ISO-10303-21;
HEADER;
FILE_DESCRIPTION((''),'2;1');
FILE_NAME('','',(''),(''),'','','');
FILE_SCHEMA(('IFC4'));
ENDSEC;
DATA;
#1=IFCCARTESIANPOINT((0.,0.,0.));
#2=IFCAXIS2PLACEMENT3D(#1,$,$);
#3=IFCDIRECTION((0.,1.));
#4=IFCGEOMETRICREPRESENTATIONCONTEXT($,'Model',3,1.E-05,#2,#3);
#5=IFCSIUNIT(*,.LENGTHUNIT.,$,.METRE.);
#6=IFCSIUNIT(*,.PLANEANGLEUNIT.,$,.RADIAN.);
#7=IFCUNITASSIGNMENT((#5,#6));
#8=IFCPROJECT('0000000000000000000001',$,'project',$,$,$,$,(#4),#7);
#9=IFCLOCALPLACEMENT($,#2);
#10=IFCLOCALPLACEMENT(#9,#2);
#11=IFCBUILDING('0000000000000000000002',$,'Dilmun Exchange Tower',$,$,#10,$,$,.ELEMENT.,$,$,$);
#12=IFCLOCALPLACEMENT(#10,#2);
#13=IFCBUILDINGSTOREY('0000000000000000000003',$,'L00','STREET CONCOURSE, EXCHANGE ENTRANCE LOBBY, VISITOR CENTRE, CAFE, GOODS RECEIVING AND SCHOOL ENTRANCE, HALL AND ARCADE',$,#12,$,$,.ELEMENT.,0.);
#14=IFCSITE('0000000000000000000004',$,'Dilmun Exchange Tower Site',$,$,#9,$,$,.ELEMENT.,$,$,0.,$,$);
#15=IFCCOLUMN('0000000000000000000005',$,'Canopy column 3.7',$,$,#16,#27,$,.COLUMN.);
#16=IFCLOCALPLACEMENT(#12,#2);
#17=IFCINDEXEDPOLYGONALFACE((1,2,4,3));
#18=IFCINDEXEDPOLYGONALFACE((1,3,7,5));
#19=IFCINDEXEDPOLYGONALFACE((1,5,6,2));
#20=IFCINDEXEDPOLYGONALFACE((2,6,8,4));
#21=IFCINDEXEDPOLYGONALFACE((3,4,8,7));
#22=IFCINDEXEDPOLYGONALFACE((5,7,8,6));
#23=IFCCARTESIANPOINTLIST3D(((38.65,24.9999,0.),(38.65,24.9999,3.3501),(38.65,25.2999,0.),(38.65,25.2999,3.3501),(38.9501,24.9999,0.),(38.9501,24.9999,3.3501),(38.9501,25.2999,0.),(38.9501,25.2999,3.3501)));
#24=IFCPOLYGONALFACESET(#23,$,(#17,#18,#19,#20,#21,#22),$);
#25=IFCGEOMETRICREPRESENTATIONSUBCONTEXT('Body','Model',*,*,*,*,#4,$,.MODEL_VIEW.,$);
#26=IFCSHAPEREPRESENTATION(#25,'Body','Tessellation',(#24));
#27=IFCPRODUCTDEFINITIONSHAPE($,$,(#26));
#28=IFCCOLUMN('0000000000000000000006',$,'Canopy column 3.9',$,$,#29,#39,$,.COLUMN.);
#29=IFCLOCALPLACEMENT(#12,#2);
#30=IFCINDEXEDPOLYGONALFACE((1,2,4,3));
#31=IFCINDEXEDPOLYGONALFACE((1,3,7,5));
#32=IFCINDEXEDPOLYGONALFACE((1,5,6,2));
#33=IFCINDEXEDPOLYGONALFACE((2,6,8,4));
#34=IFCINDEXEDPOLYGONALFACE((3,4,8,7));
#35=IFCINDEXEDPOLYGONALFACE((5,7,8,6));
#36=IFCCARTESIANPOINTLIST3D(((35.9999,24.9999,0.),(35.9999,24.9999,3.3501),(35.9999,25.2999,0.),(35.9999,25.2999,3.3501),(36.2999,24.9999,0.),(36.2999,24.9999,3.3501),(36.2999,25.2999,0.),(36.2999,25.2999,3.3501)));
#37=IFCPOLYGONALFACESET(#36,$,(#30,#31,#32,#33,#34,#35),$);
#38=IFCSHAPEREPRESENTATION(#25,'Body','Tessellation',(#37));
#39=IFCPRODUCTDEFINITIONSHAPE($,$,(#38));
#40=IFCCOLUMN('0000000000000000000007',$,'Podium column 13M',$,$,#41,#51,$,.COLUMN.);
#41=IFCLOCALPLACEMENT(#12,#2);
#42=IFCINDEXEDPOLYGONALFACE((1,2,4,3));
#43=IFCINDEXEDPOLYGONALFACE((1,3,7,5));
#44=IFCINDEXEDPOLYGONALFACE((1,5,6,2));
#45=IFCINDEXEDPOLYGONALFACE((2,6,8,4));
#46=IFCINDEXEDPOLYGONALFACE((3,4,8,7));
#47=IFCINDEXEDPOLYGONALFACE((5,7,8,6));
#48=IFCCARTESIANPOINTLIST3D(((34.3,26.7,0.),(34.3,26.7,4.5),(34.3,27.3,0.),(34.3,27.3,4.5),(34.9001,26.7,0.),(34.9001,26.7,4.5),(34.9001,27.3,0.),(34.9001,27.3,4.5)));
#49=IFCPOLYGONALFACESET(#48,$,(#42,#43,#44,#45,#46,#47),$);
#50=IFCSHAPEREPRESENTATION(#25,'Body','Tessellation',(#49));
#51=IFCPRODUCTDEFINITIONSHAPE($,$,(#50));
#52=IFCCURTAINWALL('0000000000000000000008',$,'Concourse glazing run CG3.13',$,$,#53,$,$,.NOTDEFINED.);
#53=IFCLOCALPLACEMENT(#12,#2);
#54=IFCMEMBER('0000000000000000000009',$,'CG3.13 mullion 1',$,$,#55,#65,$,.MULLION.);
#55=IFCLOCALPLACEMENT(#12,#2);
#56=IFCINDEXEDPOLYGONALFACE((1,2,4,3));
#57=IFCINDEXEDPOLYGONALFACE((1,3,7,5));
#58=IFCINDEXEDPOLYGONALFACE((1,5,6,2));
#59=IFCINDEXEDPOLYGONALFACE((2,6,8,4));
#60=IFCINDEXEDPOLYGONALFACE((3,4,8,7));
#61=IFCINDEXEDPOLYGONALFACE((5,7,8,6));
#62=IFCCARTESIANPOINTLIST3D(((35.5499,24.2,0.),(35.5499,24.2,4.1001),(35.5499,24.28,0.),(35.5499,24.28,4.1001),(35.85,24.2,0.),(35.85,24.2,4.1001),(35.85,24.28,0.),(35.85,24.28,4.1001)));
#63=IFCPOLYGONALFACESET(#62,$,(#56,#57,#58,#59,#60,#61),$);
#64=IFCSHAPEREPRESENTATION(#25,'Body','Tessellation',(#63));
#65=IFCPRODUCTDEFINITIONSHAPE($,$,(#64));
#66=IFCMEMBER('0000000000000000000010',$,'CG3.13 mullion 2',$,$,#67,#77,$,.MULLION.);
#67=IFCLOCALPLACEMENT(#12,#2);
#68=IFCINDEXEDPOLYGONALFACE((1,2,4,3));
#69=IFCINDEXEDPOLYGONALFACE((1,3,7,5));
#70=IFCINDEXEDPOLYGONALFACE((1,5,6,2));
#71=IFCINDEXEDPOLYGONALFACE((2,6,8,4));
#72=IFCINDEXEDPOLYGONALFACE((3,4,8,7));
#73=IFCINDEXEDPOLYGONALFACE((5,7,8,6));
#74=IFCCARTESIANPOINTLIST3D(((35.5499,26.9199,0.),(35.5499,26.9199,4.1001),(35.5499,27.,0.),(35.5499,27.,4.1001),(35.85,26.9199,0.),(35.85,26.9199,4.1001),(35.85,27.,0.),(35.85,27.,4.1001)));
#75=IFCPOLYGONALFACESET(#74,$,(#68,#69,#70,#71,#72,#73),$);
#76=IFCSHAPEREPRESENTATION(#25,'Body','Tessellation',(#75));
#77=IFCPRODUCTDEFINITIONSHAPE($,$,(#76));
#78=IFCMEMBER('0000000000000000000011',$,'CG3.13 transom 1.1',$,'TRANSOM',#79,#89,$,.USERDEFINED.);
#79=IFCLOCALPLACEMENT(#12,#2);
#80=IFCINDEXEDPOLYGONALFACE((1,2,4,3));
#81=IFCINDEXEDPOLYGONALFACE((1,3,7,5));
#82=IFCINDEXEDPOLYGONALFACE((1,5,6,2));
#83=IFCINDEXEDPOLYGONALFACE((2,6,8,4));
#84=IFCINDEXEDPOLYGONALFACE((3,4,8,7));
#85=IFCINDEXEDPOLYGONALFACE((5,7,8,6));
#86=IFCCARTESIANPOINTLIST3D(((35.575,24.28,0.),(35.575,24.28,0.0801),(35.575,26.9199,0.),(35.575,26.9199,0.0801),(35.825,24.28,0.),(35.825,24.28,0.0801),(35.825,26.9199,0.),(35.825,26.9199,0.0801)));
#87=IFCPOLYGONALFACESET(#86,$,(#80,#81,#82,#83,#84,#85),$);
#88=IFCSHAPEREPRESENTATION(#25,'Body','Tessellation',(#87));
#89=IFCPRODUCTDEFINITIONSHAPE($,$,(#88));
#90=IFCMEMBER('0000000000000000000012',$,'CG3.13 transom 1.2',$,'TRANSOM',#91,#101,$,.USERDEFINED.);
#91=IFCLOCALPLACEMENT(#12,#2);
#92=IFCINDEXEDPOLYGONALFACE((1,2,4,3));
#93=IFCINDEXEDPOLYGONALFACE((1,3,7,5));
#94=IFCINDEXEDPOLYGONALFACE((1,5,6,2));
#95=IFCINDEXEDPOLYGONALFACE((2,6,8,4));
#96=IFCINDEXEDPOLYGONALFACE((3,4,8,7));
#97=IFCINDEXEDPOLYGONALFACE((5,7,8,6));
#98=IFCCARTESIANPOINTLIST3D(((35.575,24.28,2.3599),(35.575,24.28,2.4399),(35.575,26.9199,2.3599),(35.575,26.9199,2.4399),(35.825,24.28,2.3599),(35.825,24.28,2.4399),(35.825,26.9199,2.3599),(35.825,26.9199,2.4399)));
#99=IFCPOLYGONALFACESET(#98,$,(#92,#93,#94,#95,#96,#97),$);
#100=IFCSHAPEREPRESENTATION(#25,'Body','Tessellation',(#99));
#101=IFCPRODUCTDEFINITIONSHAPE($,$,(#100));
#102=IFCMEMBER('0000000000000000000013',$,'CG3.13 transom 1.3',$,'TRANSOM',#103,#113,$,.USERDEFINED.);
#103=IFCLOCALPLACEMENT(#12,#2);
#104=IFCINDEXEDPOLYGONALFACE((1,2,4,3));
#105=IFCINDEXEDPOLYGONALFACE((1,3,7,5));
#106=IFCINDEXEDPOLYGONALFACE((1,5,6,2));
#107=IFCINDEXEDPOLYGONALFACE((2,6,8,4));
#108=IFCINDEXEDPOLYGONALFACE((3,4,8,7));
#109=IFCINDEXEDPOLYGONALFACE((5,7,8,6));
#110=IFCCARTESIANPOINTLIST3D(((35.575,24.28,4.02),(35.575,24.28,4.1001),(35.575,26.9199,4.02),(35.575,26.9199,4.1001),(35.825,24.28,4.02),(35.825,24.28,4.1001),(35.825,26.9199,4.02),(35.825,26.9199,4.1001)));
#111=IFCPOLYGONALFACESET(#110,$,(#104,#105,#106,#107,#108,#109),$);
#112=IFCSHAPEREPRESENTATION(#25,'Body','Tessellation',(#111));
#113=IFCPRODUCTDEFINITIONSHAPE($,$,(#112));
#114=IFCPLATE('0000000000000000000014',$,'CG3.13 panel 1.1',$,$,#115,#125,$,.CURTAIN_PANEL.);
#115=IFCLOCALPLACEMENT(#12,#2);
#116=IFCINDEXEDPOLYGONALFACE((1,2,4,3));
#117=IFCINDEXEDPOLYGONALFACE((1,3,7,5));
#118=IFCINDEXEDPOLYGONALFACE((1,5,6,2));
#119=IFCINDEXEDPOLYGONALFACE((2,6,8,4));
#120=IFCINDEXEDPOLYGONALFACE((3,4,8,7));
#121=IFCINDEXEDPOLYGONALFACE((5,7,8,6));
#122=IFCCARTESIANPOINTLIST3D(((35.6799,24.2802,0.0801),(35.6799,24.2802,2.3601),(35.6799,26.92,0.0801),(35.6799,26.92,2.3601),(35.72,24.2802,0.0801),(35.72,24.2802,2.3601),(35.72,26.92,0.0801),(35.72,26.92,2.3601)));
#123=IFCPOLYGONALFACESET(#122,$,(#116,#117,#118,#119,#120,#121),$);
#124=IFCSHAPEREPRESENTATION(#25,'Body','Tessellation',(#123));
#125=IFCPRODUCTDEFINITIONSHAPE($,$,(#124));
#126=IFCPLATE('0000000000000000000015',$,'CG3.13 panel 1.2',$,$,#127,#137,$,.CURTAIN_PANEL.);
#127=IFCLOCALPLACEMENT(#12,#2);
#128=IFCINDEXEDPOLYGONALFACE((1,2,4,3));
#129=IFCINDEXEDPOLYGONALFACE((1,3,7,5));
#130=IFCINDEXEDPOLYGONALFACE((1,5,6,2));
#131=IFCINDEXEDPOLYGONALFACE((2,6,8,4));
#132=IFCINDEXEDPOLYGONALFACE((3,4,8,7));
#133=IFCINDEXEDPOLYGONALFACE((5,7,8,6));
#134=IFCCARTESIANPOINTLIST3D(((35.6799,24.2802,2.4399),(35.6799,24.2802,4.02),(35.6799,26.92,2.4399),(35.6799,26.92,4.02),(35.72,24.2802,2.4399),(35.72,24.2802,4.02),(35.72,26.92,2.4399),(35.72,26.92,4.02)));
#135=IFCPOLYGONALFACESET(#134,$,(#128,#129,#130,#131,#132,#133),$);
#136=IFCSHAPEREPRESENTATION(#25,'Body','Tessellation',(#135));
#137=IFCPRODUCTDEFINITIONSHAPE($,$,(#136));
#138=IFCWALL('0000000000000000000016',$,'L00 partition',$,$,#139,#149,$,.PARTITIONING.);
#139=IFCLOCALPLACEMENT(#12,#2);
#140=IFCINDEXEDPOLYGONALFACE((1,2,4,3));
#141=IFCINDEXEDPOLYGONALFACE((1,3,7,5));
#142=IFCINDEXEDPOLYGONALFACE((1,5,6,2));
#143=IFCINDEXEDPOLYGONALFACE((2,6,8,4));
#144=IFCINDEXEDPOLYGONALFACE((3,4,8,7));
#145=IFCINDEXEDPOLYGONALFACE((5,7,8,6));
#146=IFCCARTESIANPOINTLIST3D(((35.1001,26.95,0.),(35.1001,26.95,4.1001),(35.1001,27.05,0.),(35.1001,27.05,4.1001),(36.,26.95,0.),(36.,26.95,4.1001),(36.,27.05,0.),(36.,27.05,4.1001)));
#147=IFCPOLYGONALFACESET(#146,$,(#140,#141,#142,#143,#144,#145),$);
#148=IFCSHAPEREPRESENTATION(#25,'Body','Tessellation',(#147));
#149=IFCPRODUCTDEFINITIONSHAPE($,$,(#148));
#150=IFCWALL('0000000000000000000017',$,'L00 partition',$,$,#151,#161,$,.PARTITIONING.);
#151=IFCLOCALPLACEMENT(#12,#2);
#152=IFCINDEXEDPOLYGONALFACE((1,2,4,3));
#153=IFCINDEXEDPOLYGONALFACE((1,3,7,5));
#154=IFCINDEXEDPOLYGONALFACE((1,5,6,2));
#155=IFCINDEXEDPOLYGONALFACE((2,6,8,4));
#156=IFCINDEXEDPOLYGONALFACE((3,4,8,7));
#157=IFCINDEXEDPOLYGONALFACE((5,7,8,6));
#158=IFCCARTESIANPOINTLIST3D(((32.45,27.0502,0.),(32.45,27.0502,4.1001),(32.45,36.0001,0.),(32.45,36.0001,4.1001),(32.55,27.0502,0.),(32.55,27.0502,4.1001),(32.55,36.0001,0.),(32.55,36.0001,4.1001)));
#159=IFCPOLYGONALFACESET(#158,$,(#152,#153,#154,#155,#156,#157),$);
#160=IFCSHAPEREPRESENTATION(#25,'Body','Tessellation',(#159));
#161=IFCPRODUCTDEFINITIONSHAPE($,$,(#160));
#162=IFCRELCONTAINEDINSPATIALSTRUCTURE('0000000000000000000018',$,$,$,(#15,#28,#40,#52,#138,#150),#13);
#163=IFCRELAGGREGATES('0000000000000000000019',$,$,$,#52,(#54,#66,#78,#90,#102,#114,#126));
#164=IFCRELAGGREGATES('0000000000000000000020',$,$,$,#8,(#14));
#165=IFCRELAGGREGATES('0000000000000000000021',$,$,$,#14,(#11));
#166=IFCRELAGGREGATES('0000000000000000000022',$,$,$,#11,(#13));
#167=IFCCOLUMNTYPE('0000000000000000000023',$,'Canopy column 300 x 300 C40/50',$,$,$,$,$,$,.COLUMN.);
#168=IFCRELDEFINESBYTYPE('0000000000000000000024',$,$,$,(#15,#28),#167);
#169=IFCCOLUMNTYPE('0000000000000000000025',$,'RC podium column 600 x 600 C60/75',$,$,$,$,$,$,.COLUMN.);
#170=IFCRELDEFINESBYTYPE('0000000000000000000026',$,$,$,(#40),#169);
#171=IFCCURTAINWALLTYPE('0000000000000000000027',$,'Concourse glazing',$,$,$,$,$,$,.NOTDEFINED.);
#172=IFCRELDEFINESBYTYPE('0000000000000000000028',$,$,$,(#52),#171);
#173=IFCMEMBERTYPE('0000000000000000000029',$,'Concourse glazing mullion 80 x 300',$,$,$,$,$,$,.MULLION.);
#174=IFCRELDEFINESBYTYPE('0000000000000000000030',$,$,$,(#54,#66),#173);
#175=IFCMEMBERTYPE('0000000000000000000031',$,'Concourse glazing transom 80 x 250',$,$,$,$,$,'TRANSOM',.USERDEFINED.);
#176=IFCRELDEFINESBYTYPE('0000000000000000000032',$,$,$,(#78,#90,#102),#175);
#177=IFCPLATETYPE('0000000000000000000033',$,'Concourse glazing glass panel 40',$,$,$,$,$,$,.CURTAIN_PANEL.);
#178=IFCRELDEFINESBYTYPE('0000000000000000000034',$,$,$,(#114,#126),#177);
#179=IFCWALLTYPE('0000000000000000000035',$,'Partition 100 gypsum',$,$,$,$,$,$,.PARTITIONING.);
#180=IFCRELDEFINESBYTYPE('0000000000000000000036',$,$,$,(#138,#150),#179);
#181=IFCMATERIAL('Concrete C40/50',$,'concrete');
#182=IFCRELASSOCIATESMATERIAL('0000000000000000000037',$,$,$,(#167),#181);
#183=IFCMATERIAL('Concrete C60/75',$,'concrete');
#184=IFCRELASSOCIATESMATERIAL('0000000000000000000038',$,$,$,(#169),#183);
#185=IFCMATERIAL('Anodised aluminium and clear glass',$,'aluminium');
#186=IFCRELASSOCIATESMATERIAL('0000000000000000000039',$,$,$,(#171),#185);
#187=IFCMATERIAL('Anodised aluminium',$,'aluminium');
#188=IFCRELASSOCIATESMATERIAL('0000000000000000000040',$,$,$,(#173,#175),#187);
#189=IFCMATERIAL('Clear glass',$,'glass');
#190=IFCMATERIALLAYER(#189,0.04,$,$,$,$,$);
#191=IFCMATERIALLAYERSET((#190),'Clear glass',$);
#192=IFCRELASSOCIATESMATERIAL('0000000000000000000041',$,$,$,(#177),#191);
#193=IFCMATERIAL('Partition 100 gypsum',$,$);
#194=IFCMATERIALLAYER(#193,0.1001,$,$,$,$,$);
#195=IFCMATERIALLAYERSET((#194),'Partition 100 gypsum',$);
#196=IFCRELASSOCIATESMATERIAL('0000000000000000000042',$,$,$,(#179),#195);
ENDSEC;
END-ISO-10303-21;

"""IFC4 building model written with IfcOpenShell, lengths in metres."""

from ifc_helpers import new_model, si_unit, direction, frame, frame_2d, origin, origin_2d, place, context, subcontext, project, spatial, rectangle, extrude, material, layer, layer_set, material_profile, profile_set, type_object, element, aggregate, save


model = new_model("IFC4")

# Units and contexts
model_context = context("Model", 3, precision=1e-05, world=origin(), true_north=direction((0.0, 1.0)))
body_context = subcontext(model_context, "Body", "Model", "MODEL_VIEW")
ifc_project = project(units=[si_unit("LENGTHUNIT", "METRE"), si_unit("PLANEANGLEUNIT", "RADIAN")], contexts=[model_context])

# Site, building, storey
site_placement = place(None, origin())
site = spatial("IfcSite", under=ifc_project, at=site_placement, Name="Dilmun Exchange Tower Site", CompositionType="ELEMENT", RefElevation=0.0)
building_placement = place(site_placement, origin())
building = spatial("IfcBuilding", under=site, at=building_placement, Name="Dilmun Exchange Tower", CompositionType="ELEMENT")
storey_placement = place(building_placement, origin())
storey = spatial("IfcBuildingStorey", under=building, at=storey_placement, Name="L00", Description="STREET CONCOURSE, EXCHANGE ENTRANCE LOBBY, VISITOR CENTRE, CAFE, GOODS RECEIVING AND SCHOOL ENTRANCE, HALL AND ARCADE", CompositionType="ELEMENT", Elevation=0.0)

# Columns
ifc_material_1 = material(Name="Concrete C40/50", Category="concrete")
ifc_material_profile_1 = material_profile(ifc_material_1, rectangle(XDim=0.3, YDim=0.3, at=origin_2d()), Name="300 x 300")
ifc_profile_set_1 = profile_set([ifc_material_profile_1], Name="Concrete C40/50")
column_type_1 = type_object("IfcColumnType", Name="Canopy column 300 x 300 C40/50", PredefinedType="COLUMN", material=ifc_profile_set_1)
for number, where, z_axis, x_axis, name in (
    (1, (38.8, 25.1499, 0.0), (0.0, 0.0, 1.0), (0.0, 1.0, 0.0), "Canopy column 3.7"),
    (2, (36.1499, 25.1499, 0.0), (0.0, 0.0, 1.0), (0.0, 1.0, 0.0), "Canopy column 3.9"),
):
    element("IfcColumn", number, at=place(storey_placement, frame(where, z_axis=z_axis, x_axis=x_axis)), inside=storey, type_object=column_type_1, Name=name, PredefinedType="COLUMN", context=body_context, shape_type="SweptSolid", body=[
        extrude(rectangle(XDim=0.3, YDim=0.3, at=origin_2d()), origin(), (0.0, 0.0, 1.0), 3.3501),
    ])
ifc_material_2 = material(Name="Concrete C60/75", Category="concrete")
ifc_material_profile_2 = material_profile(ifc_material_2, rectangle(XDim=0.6001, YDim=0.6001, at=origin_2d()), Name="600 x 600")
ifc_profile_set_2 = profile_set([ifc_material_profile_2], Name="Concrete C60/75")
column_type_2 = type_object("IfcColumnType", Name="RC podium column 600 x 600 C60/75", PredefinedType="COLUMN", material=ifc_profile_set_2)
column_placement = place(storey_placement, frame((34.6001, 27.0, 0.0), z_axis=(0.0, 0.0, 1.0), x_axis=(1.0, 0.0, 0.0)))
element("IfcColumn", 3, at=column_placement, inside=storey, type_object=column_type_2, Name="Podium column 13M", PredefinedType="COLUMN", context=body_context, shape_type="SweptSolid", body=[
    extrude(rectangle(XDim=0.6001, YDim=0.6001, at=origin_2d()), origin(), (0.0, 0.0, 1.0), 4.5),
])

# Curtain wall, members, plates
ifc_material_3 = material(Name="Anodised aluminium and clear glass", Category="aluminium")
curtain_wall_type = type_object("IfcCurtainWallType", Name="Concourse glazing", PredefinedType="NOTDEFINED", material=ifc_material_3)
curtain_wall_placement = place(storey_placement, origin())
curtain_wall = element("IfcCurtainWall", 4, at=curtain_wall_placement, inside=storey, type_object=curtain_wall_type, Name="Concourse glazing run CG3.13", PredefinedType="NOTDEFINED")
ifc_material_4 = material(Name="Anodised aluminium", Category="aluminium")
ifc_material_profile_3 = material_profile(ifc_material_4, rectangle(XDim=0.3, YDim=0.0801, at=origin_2d()), Name="AL 80x300")
ifc_profile_set_3 = profile_set([ifc_material_profile_3], Name="Anodised aluminium")
member_type_1 = type_object("IfcMemberType", Name="Concourse glazing mullion 80 x 300", PredefinedType="MULLION", material=ifc_profile_set_3)
member_1_placement = place(storey_placement, frame((35.7, 24.24, 0.0), z_axis=(0.0, 0.0, 1.0), x_axis=(-1.0, 0.0, 0.0)))
member_1 = element("IfcMember", 5, at=member_1_placement, type_object=member_type_1, Name="CG3.13 mullion 1", PredefinedType="MULLION", context=body_context, shape_type="SweptSolid", body=[
    extrude(rectangle(XDim=0.3, YDim=0.0801, at=origin_2d()), origin(), (0.0, 0.0, 1.0), 4.1001),
])
member_2_placement = place(storey_placement, frame((35.7, 26.96, 0.0), z_axis=(0.0, 0.0, 1.0), x_axis=(-1.0, 0.0, 0.0)))
member_2 = element("IfcMember", 6, at=member_2_placement, type_object=member_type_1, Name="CG3.13 mullion 2", PredefinedType="MULLION", context=body_context, shape_type="SweptSolid", body=[
    extrude(rectangle(XDim=0.3, YDim=0.0801, at=origin_2d()), origin(), (0.0, 0.0, 1.0), 4.1001),
])
ifc_material_profile_4 = material_profile(ifc_material_4, rectangle(XDim=0.25, YDim=0.0801, at=origin_2d()), Name="AL 80x250")
ifc_profile_set_4 = profile_set([ifc_material_profile_4], Name="Anodised aluminium")
member_type_2 = type_object("IfcMemberType", Name="Concourse glazing transom 80 x 250", ElementType="TRANSOM", PredefinedType="USERDEFINED", material=ifc_profile_set_4)
member_3_placement = place(storey_placement, frame((35.7, 24.28, 0.04), z_axis=(0.0, 1.0, 0.0), x_axis=(-1.0, 0.0, 0.0)))
member_3 = element("IfcMember", 7, at=member_3_placement, type_object=member_type_2, Name="CG3.13 transom 1.1", ObjectType="TRANSOM", PredefinedType="USERDEFINED", context=body_context, shape_type="SweptSolid", body=[
    extrude(rectangle(XDim=0.25, YDim=0.0801, at=origin_2d()), origin(), (0.0, 0.0, 1.0), 2.6399),
])
member_4_placement = place(storey_placement, frame((35.7, 24.28, 2.3999), z_axis=(0.0, 1.0, 0.0), x_axis=(-1.0, 0.0, 0.0)))
member_4 = element("IfcMember", 8, at=member_4_placement, type_object=member_type_2, Name="CG3.13 transom 1.2", ObjectType="TRANSOM", PredefinedType="USERDEFINED", context=body_context, shape_type="SweptSolid", body=[
    extrude(rectangle(XDim=0.25, YDim=0.0801, at=origin_2d()), origin(), (0.0, 0.0, 1.0), 2.6399),
])
member_5_placement = place(storey_placement, frame((35.7, 24.28, 4.0601), z_axis=(0.0, 1.0, 0.0), x_axis=(-1.0, 0.0, 0.0)))
member_5 = element("IfcMember", 9, at=member_5_placement, type_object=member_type_2, Name="CG3.13 transom 1.3", ObjectType="TRANSOM", PredefinedType="USERDEFINED", context=body_context, shape_type="SweptSolid", body=[
    extrude(rectangle(XDim=0.25, YDim=0.0801, at=origin_2d()), origin(), (0.0, 0.0, 1.0), 2.6399),
])
ifc_material_5 = material(Name="Clear glass", Category="glass")
ifc_layer_1 = layer(ifc_material_5, 0.04)
ifc_layer_set_1 = layer_set([ifc_layer_1], Name="Clear glass")
plate_type = type_object("IfcPlateType", Name="Concourse glazing glass panel 40", PredefinedType="CURTAIN_PANEL", material=ifc_layer_set_1)
plate_1_placement = place(storey_placement, frame((35.7, 25.6001, 0.0801), z_axis=(0.0, 0.0, 1.0), x_axis=(0.0, 1.0, 0.0)))
plate_1 = element("IfcPlate", 10, at=plate_1_placement, type_object=plate_type, Name="CG3.13 panel 1.1", PredefinedType="CURTAIN_PANEL", context=body_context, shape_type="SweptSolid", body=[
    extrude(rectangle(XDim=2.6399, YDim=0.04, at=origin_2d()), origin(), (0.0, 0.0, 1.0), 2.28),
])
plate_2_placement = place(storey_placement, frame((35.7, 25.6001, 2.4399), z_axis=(0.0, 0.0, 1.0), x_axis=(0.0, 1.0, 0.0)))
plate_2 = element("IfcPlate", 11, at=plate_2_placement, type_object=plate_type, Name="CG3.13 panel 1.2", PredefinedType="CURTAIN_PANEL", context=body_context, shape_type="SweptSolid", body=[
    extrude(rectangle(XDim=2.6399, YDim=0.04, at=origin_2d()), origin(), (0.0, 0.0, 1.0), 1.5801),
])
aggregate(curtain_wall, [member_1, member_2, member_3, member_4, member_5, plate_1, plate_2])

# Walls
ifc_material_6 = material(Name="Partition 100 gypsum")
ifc_layer_2 = layer(ifc_material_6, 0.1001)
ifc_layer_set_2 = layer_set([ifc_layer_2], Name="Partition 100 gypsum")
wall_type_1 = type_object("IfcWallType", Name="Partition 100 gypsum", PredefinedType="PARTITIONING", material=ifc_layer_set_2)
wall_1_placement = place(storey_placement, frame((35.1001, 27.0, 0.0), z_axis=(0.0, 0.0, 1.0), x_axis=(1.0, 0.0, 0.0)))
element("IfcWall", 12, at=wall_1_placement, inside=storey, type_object=wall_type_1, Name="L00 partition", PredefinedType="PARTITIONING", context=body_context, shape_type="SweptSolid", body=[
    extrude(rectangle(XDim=0.8999, YDim=0.1001, at=frame_2d((0.45, 0.0))), origin(), (0.0, 0.0, 1.0), 4.1001),
])
wall_2_placement = place(storey_placement, frame((32.5, 27.05, 0.0), z_axis=(0.0, 0.0, 1.0), x_axis=(0.0, 1.0, 0.0)))
element("IfcWall", 13, at=wall_2_placement, inside=storey, type_object=wall_type_1, Name="L00 partition", PredefinedType="PARTITIONING", context=body_context, shape_type="SweptSolid", body=[
    extrude(rectangle(XDim=8.95, YDim=0.1001, at=frame_2d((4.4751, 0.0))), origin(), (0.0, 0.0, 1.0), 4.1001),
])

save(model, "model.ifc")
